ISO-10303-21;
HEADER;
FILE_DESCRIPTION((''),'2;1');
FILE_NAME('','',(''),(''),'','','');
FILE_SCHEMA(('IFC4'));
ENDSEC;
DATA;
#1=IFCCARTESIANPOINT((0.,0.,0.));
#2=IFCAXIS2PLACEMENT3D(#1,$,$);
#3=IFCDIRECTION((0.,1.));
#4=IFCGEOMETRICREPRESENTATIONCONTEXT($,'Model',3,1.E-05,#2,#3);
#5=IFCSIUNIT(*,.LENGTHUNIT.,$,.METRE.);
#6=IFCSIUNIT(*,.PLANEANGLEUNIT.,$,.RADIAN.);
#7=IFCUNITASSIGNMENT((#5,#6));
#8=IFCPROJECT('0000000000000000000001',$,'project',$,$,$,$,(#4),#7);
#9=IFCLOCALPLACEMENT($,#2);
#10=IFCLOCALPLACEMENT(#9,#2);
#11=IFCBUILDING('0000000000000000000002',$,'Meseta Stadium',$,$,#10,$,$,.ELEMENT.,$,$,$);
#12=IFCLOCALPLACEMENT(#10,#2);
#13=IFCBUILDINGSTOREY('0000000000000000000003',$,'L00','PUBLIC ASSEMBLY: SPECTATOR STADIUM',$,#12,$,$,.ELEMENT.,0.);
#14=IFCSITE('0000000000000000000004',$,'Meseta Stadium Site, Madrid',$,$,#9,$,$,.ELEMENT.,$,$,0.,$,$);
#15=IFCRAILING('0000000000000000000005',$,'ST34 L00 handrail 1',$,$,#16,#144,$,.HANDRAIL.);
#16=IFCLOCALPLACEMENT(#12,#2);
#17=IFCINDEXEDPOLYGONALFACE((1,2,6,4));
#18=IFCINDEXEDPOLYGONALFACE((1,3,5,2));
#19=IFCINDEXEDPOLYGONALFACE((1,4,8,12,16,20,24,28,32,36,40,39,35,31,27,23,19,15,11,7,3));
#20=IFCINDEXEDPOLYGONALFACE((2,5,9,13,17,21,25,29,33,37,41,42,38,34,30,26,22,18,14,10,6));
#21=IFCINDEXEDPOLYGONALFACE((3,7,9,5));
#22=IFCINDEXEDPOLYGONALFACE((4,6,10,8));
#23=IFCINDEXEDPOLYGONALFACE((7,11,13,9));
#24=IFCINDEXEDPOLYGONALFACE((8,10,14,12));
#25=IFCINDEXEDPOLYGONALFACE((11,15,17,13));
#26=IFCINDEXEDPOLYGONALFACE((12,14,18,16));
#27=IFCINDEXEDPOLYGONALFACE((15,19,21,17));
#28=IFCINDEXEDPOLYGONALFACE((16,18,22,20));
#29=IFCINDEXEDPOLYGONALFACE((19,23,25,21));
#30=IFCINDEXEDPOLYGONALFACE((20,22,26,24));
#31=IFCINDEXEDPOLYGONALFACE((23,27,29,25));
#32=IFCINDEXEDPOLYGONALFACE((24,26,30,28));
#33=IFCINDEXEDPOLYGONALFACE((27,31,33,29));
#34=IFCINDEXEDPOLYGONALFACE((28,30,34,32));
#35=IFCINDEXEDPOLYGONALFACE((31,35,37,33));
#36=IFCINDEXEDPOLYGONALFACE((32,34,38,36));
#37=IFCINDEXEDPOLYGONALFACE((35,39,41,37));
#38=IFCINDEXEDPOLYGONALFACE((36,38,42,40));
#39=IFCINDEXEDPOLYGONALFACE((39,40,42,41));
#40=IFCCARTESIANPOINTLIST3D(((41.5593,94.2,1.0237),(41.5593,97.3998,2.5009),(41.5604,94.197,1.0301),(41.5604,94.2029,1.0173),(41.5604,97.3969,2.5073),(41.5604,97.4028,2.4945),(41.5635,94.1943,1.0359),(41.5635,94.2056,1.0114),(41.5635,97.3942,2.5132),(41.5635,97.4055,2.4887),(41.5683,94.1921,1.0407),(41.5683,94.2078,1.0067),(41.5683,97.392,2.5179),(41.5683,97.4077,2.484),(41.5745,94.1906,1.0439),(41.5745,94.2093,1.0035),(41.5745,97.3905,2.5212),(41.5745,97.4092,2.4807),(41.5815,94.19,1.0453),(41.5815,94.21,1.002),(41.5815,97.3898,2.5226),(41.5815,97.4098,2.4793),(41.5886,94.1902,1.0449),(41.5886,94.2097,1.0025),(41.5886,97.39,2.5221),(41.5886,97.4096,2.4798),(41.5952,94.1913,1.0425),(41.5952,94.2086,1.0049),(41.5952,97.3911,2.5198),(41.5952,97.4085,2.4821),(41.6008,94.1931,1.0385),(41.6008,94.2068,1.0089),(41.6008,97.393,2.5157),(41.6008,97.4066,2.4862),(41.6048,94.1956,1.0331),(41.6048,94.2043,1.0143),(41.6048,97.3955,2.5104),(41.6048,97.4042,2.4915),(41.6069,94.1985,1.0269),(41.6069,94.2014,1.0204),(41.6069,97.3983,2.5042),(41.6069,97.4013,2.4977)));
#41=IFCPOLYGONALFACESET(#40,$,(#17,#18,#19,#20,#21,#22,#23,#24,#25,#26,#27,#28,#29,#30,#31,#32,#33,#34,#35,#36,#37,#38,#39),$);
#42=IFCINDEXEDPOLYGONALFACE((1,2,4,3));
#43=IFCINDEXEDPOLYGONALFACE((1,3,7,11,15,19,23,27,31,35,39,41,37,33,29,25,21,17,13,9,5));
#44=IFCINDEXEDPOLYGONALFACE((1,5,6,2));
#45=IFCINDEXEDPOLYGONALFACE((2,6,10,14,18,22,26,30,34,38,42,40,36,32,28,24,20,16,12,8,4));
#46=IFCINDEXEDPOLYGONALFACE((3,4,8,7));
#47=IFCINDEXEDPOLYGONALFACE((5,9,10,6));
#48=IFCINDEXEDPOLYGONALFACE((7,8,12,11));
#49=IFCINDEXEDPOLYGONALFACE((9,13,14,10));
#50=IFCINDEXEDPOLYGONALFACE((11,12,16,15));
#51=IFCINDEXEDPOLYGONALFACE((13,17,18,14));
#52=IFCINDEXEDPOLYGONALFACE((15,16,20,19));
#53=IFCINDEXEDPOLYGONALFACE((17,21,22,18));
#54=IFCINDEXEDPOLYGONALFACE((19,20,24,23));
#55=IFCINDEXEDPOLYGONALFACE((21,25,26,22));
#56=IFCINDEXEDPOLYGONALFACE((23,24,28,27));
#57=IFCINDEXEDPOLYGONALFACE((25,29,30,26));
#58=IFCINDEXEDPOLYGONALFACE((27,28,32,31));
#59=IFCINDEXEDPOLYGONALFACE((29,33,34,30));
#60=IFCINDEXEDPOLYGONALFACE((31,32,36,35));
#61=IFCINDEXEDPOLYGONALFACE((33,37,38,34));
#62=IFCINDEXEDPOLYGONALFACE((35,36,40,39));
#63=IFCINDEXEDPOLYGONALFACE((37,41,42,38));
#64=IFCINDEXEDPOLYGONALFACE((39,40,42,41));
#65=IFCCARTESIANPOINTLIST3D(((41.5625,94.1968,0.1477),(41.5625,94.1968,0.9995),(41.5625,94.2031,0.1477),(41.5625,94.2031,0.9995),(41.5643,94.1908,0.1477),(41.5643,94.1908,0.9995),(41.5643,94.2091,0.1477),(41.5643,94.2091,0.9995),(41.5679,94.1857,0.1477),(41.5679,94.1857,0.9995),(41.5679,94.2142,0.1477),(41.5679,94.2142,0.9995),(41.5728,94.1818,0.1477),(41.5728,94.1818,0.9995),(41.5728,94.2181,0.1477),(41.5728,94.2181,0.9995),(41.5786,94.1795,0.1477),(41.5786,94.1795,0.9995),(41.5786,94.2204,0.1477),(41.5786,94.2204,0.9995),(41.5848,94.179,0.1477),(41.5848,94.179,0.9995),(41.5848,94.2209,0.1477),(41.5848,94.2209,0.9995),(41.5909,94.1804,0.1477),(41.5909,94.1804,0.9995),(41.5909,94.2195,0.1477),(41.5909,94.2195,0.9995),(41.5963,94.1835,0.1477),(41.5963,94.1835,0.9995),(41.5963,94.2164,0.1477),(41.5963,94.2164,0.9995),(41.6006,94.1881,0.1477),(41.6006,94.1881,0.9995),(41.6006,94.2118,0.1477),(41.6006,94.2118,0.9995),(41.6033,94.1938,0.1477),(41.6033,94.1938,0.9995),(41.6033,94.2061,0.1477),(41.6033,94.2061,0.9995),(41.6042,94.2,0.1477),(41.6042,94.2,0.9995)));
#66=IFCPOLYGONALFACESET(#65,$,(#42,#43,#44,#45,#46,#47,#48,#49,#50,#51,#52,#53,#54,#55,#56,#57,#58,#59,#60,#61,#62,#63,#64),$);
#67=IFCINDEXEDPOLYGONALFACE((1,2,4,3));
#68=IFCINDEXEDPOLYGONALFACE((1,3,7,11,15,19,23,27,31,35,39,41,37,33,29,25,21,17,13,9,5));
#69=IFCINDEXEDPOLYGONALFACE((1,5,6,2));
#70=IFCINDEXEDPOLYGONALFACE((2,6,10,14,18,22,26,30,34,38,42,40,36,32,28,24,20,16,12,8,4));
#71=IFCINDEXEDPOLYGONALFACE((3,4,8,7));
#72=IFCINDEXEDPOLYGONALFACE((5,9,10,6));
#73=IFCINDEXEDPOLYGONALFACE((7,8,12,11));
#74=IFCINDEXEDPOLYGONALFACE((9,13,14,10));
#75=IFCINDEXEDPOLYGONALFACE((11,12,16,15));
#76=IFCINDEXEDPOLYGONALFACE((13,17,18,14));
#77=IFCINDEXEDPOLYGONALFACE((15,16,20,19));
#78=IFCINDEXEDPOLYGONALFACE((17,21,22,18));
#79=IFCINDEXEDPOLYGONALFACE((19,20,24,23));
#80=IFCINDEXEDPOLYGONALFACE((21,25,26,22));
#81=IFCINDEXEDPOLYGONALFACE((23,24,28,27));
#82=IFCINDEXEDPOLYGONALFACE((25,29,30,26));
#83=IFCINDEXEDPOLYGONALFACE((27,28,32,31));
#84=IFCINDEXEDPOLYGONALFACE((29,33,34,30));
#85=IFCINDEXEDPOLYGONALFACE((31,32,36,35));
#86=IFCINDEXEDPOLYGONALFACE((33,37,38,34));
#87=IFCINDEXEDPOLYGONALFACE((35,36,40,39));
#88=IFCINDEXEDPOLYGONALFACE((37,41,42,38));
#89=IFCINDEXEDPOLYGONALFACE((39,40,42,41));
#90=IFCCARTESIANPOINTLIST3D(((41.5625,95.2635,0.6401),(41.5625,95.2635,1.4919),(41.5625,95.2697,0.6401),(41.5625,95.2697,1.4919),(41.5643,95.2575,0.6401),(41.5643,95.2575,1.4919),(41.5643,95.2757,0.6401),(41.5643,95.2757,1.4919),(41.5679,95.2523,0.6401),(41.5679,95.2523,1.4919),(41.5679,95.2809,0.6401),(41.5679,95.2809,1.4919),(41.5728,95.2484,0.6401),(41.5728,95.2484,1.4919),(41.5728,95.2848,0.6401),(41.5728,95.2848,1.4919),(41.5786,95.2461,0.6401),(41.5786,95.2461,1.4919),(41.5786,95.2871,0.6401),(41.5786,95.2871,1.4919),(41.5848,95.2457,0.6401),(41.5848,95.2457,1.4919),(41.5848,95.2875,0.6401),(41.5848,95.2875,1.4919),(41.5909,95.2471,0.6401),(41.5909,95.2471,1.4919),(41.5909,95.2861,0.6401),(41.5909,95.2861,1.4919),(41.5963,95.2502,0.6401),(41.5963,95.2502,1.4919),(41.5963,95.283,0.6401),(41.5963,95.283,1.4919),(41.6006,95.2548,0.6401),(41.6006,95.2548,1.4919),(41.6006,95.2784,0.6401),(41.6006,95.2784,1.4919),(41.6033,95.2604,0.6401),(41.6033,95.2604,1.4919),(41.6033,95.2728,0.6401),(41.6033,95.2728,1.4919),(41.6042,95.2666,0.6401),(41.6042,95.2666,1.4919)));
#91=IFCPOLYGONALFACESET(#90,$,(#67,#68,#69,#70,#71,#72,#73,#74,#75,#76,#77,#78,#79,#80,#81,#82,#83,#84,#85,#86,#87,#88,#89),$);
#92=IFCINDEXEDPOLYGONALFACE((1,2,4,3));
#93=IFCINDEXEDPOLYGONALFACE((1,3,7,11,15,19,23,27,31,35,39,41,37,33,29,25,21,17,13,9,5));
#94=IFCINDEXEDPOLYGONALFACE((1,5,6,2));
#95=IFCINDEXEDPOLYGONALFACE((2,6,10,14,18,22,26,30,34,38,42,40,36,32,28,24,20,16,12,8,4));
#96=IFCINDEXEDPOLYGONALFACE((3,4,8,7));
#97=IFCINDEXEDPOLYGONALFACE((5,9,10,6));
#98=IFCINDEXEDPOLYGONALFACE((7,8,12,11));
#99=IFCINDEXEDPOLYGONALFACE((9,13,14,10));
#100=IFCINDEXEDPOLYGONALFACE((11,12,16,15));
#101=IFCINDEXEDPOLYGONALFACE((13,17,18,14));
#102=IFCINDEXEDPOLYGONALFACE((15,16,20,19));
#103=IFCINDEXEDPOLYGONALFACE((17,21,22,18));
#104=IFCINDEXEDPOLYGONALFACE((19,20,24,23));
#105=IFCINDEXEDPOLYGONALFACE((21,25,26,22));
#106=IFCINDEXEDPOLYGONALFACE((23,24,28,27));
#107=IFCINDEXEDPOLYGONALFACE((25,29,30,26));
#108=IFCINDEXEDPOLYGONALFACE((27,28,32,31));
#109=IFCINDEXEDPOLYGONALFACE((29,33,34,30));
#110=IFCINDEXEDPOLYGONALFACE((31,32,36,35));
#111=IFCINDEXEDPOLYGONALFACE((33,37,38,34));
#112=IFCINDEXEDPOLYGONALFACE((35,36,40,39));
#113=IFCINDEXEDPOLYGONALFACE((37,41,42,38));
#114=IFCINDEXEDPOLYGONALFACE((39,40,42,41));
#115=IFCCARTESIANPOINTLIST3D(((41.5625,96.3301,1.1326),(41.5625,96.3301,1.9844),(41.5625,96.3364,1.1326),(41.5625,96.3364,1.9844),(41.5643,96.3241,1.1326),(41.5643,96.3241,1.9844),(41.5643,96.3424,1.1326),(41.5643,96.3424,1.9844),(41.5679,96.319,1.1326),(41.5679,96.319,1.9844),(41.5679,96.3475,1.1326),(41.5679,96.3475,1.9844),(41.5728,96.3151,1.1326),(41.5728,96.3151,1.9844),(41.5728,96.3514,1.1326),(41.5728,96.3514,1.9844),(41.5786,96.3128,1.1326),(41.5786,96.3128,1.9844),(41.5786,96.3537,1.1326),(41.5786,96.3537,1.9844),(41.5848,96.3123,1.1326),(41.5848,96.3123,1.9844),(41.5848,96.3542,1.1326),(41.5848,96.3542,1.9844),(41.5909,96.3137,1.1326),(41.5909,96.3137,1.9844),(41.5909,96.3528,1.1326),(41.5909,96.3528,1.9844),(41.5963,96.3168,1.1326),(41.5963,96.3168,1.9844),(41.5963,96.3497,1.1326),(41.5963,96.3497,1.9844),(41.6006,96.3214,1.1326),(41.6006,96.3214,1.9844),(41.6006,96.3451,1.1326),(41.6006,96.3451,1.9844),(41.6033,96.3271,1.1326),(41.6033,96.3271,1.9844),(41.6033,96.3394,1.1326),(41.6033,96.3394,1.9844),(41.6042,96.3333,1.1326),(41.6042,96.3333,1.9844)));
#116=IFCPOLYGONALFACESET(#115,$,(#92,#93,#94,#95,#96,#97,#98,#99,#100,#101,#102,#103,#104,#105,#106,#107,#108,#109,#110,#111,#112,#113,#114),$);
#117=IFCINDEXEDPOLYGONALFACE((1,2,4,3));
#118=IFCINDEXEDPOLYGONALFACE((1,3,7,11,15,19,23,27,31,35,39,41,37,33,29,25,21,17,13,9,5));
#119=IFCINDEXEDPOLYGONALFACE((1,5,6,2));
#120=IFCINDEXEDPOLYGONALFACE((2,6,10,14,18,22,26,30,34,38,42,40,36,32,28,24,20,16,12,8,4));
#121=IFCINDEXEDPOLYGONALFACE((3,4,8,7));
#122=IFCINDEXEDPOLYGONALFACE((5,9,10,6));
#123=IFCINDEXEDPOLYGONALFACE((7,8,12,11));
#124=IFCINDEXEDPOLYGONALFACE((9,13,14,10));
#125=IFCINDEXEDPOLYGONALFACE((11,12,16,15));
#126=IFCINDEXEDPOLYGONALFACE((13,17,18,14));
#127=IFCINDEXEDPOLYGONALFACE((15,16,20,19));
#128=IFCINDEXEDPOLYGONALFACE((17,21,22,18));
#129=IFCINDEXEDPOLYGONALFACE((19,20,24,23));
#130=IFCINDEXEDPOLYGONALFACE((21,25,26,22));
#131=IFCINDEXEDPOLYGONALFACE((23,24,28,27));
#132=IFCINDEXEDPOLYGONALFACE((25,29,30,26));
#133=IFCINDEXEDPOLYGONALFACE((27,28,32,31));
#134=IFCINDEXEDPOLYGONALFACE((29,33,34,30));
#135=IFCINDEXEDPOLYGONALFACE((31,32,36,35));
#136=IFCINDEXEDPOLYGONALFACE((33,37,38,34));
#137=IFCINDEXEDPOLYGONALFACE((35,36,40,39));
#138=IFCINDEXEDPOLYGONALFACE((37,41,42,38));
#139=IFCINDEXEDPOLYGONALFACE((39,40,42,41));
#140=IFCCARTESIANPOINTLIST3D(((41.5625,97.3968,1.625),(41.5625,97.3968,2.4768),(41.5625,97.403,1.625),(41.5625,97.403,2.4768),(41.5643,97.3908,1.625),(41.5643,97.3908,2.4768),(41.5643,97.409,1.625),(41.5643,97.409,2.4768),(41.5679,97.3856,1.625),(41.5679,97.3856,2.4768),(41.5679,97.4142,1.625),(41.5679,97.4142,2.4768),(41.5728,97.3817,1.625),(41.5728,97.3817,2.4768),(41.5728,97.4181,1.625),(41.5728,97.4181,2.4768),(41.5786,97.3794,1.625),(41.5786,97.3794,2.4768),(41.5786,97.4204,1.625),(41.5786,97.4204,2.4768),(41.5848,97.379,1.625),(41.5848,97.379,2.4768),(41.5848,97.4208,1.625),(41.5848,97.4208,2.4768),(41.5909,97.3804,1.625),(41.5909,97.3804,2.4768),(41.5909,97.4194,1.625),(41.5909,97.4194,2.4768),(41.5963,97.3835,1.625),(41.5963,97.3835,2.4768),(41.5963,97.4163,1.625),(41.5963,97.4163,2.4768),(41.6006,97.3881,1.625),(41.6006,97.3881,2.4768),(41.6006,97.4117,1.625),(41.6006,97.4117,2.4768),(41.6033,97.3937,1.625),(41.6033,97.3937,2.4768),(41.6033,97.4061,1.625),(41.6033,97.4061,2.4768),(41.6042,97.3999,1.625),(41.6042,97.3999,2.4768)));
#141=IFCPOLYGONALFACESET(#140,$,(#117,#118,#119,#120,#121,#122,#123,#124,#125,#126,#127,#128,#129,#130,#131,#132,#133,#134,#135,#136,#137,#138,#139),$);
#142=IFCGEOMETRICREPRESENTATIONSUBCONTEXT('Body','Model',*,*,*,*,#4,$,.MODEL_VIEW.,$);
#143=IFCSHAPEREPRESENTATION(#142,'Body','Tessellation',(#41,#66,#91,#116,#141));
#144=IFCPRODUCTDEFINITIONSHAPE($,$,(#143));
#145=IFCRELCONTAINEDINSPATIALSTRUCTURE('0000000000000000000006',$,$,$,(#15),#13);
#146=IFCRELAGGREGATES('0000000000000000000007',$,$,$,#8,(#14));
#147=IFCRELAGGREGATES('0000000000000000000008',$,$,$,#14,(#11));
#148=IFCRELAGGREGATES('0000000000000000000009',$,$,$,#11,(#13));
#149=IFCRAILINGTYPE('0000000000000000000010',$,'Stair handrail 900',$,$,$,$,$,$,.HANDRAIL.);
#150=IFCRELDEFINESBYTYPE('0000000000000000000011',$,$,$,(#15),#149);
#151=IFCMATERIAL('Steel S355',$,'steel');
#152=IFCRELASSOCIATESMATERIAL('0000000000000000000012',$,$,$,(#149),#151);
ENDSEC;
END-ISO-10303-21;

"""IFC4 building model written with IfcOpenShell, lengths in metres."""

from ifc_helpers import new_model, si_unit, direction, frame, origin, origin_2d, place, context, subcontext, project, spatial, circle, extrude, material, type_object, element, save


model = new_model("IFC4")

# Units and contexts
model_context = context("Model", 3, precision=1e-05, world=origin(), true_north=direction((0.0, 1.0)))
body_context = subcontext(model_context, "Body", "Model", "MODEL_VIEW")
ifc_project = project(units=[si_unit("LENGTHUNIT", "METRE"), si_unit("PLANEANGLEUNIT", "RADIAN")], contexts=[model_context])

# Site, building, storey
site_placement = place(None, origin())
site = spatial("IfcSite", under=ifc_project, at=site_placement, Name="Meseta Stadium Site, Madrid", CompositionType="ELEMENT", RefElevation=0.0)
building_placement = place(site_placement, origin())
building = spatial("IfcBuilding", under=site, at=building_placement, Name="Meseta Stadium", CompositionType="ELEMENT")
storey_placement = place(building_placement, origin())
storey = spatial("IfcBuildingStorey", under=building, at=storey_placement, Name="L00", Description="PUBLIC ASSEMBLY: SPECTATOR STADIUM", CompositionType="ELEMENT", Elevation=0.0)

# Railing
ifc_material_1 = material(Name="Steel S355", Category="steel")
railing_type_1 = type_object("IfcRailingType", Name="Stair handrail 900", PredefinedType="HANDRAIL", material=ifc_material_1)
for number, where, name in (
    (1, (41.5833, 94.2, 0.1477), "ST34 L00 handrail 1"),
):
    element("IfcRailing", number, at=place(storey_placement, frame(where)), inside=storey, type_object=railing_type_1, Name=name, PredefinedType="HANDRAIL", context=body_context, shape_type="SweptSolid", body=[
        extrude(circle(Radius=0.0239, at=origin_2d()), frame((0.0, 0.0, 0.876), z_axis=(0.0, 0.907917, 0.41915), x_axis=(-1.0, 0.0, 0.0)), (0.0, 0.0, 1.0), 3.5244),
        extrude(circle(Radius=0.021, at=origin_2d()), origin(), (0.0, 0.0, 1.0), 0.8518),
        extrude(circle(Radius=0.021, at=origin_2d()), frame((0.0, 1.0667, 0.4924)), (0.0, 0.0, 1.0), 0.8518),
        extrude(circle(Radius=0.021, at=origin_2d()), frame((0.0, 2.1333, 0.9849)), (0.0, 0.0, 1.0), 0.8518),
        extrude(circle(Radius=0.021, at=origin_2d()), frame((0.0, 3.2, 1.4773)), (0.0, 0.0, 1.0), 0.8518),
    ])

save(model, "model.ifc")
